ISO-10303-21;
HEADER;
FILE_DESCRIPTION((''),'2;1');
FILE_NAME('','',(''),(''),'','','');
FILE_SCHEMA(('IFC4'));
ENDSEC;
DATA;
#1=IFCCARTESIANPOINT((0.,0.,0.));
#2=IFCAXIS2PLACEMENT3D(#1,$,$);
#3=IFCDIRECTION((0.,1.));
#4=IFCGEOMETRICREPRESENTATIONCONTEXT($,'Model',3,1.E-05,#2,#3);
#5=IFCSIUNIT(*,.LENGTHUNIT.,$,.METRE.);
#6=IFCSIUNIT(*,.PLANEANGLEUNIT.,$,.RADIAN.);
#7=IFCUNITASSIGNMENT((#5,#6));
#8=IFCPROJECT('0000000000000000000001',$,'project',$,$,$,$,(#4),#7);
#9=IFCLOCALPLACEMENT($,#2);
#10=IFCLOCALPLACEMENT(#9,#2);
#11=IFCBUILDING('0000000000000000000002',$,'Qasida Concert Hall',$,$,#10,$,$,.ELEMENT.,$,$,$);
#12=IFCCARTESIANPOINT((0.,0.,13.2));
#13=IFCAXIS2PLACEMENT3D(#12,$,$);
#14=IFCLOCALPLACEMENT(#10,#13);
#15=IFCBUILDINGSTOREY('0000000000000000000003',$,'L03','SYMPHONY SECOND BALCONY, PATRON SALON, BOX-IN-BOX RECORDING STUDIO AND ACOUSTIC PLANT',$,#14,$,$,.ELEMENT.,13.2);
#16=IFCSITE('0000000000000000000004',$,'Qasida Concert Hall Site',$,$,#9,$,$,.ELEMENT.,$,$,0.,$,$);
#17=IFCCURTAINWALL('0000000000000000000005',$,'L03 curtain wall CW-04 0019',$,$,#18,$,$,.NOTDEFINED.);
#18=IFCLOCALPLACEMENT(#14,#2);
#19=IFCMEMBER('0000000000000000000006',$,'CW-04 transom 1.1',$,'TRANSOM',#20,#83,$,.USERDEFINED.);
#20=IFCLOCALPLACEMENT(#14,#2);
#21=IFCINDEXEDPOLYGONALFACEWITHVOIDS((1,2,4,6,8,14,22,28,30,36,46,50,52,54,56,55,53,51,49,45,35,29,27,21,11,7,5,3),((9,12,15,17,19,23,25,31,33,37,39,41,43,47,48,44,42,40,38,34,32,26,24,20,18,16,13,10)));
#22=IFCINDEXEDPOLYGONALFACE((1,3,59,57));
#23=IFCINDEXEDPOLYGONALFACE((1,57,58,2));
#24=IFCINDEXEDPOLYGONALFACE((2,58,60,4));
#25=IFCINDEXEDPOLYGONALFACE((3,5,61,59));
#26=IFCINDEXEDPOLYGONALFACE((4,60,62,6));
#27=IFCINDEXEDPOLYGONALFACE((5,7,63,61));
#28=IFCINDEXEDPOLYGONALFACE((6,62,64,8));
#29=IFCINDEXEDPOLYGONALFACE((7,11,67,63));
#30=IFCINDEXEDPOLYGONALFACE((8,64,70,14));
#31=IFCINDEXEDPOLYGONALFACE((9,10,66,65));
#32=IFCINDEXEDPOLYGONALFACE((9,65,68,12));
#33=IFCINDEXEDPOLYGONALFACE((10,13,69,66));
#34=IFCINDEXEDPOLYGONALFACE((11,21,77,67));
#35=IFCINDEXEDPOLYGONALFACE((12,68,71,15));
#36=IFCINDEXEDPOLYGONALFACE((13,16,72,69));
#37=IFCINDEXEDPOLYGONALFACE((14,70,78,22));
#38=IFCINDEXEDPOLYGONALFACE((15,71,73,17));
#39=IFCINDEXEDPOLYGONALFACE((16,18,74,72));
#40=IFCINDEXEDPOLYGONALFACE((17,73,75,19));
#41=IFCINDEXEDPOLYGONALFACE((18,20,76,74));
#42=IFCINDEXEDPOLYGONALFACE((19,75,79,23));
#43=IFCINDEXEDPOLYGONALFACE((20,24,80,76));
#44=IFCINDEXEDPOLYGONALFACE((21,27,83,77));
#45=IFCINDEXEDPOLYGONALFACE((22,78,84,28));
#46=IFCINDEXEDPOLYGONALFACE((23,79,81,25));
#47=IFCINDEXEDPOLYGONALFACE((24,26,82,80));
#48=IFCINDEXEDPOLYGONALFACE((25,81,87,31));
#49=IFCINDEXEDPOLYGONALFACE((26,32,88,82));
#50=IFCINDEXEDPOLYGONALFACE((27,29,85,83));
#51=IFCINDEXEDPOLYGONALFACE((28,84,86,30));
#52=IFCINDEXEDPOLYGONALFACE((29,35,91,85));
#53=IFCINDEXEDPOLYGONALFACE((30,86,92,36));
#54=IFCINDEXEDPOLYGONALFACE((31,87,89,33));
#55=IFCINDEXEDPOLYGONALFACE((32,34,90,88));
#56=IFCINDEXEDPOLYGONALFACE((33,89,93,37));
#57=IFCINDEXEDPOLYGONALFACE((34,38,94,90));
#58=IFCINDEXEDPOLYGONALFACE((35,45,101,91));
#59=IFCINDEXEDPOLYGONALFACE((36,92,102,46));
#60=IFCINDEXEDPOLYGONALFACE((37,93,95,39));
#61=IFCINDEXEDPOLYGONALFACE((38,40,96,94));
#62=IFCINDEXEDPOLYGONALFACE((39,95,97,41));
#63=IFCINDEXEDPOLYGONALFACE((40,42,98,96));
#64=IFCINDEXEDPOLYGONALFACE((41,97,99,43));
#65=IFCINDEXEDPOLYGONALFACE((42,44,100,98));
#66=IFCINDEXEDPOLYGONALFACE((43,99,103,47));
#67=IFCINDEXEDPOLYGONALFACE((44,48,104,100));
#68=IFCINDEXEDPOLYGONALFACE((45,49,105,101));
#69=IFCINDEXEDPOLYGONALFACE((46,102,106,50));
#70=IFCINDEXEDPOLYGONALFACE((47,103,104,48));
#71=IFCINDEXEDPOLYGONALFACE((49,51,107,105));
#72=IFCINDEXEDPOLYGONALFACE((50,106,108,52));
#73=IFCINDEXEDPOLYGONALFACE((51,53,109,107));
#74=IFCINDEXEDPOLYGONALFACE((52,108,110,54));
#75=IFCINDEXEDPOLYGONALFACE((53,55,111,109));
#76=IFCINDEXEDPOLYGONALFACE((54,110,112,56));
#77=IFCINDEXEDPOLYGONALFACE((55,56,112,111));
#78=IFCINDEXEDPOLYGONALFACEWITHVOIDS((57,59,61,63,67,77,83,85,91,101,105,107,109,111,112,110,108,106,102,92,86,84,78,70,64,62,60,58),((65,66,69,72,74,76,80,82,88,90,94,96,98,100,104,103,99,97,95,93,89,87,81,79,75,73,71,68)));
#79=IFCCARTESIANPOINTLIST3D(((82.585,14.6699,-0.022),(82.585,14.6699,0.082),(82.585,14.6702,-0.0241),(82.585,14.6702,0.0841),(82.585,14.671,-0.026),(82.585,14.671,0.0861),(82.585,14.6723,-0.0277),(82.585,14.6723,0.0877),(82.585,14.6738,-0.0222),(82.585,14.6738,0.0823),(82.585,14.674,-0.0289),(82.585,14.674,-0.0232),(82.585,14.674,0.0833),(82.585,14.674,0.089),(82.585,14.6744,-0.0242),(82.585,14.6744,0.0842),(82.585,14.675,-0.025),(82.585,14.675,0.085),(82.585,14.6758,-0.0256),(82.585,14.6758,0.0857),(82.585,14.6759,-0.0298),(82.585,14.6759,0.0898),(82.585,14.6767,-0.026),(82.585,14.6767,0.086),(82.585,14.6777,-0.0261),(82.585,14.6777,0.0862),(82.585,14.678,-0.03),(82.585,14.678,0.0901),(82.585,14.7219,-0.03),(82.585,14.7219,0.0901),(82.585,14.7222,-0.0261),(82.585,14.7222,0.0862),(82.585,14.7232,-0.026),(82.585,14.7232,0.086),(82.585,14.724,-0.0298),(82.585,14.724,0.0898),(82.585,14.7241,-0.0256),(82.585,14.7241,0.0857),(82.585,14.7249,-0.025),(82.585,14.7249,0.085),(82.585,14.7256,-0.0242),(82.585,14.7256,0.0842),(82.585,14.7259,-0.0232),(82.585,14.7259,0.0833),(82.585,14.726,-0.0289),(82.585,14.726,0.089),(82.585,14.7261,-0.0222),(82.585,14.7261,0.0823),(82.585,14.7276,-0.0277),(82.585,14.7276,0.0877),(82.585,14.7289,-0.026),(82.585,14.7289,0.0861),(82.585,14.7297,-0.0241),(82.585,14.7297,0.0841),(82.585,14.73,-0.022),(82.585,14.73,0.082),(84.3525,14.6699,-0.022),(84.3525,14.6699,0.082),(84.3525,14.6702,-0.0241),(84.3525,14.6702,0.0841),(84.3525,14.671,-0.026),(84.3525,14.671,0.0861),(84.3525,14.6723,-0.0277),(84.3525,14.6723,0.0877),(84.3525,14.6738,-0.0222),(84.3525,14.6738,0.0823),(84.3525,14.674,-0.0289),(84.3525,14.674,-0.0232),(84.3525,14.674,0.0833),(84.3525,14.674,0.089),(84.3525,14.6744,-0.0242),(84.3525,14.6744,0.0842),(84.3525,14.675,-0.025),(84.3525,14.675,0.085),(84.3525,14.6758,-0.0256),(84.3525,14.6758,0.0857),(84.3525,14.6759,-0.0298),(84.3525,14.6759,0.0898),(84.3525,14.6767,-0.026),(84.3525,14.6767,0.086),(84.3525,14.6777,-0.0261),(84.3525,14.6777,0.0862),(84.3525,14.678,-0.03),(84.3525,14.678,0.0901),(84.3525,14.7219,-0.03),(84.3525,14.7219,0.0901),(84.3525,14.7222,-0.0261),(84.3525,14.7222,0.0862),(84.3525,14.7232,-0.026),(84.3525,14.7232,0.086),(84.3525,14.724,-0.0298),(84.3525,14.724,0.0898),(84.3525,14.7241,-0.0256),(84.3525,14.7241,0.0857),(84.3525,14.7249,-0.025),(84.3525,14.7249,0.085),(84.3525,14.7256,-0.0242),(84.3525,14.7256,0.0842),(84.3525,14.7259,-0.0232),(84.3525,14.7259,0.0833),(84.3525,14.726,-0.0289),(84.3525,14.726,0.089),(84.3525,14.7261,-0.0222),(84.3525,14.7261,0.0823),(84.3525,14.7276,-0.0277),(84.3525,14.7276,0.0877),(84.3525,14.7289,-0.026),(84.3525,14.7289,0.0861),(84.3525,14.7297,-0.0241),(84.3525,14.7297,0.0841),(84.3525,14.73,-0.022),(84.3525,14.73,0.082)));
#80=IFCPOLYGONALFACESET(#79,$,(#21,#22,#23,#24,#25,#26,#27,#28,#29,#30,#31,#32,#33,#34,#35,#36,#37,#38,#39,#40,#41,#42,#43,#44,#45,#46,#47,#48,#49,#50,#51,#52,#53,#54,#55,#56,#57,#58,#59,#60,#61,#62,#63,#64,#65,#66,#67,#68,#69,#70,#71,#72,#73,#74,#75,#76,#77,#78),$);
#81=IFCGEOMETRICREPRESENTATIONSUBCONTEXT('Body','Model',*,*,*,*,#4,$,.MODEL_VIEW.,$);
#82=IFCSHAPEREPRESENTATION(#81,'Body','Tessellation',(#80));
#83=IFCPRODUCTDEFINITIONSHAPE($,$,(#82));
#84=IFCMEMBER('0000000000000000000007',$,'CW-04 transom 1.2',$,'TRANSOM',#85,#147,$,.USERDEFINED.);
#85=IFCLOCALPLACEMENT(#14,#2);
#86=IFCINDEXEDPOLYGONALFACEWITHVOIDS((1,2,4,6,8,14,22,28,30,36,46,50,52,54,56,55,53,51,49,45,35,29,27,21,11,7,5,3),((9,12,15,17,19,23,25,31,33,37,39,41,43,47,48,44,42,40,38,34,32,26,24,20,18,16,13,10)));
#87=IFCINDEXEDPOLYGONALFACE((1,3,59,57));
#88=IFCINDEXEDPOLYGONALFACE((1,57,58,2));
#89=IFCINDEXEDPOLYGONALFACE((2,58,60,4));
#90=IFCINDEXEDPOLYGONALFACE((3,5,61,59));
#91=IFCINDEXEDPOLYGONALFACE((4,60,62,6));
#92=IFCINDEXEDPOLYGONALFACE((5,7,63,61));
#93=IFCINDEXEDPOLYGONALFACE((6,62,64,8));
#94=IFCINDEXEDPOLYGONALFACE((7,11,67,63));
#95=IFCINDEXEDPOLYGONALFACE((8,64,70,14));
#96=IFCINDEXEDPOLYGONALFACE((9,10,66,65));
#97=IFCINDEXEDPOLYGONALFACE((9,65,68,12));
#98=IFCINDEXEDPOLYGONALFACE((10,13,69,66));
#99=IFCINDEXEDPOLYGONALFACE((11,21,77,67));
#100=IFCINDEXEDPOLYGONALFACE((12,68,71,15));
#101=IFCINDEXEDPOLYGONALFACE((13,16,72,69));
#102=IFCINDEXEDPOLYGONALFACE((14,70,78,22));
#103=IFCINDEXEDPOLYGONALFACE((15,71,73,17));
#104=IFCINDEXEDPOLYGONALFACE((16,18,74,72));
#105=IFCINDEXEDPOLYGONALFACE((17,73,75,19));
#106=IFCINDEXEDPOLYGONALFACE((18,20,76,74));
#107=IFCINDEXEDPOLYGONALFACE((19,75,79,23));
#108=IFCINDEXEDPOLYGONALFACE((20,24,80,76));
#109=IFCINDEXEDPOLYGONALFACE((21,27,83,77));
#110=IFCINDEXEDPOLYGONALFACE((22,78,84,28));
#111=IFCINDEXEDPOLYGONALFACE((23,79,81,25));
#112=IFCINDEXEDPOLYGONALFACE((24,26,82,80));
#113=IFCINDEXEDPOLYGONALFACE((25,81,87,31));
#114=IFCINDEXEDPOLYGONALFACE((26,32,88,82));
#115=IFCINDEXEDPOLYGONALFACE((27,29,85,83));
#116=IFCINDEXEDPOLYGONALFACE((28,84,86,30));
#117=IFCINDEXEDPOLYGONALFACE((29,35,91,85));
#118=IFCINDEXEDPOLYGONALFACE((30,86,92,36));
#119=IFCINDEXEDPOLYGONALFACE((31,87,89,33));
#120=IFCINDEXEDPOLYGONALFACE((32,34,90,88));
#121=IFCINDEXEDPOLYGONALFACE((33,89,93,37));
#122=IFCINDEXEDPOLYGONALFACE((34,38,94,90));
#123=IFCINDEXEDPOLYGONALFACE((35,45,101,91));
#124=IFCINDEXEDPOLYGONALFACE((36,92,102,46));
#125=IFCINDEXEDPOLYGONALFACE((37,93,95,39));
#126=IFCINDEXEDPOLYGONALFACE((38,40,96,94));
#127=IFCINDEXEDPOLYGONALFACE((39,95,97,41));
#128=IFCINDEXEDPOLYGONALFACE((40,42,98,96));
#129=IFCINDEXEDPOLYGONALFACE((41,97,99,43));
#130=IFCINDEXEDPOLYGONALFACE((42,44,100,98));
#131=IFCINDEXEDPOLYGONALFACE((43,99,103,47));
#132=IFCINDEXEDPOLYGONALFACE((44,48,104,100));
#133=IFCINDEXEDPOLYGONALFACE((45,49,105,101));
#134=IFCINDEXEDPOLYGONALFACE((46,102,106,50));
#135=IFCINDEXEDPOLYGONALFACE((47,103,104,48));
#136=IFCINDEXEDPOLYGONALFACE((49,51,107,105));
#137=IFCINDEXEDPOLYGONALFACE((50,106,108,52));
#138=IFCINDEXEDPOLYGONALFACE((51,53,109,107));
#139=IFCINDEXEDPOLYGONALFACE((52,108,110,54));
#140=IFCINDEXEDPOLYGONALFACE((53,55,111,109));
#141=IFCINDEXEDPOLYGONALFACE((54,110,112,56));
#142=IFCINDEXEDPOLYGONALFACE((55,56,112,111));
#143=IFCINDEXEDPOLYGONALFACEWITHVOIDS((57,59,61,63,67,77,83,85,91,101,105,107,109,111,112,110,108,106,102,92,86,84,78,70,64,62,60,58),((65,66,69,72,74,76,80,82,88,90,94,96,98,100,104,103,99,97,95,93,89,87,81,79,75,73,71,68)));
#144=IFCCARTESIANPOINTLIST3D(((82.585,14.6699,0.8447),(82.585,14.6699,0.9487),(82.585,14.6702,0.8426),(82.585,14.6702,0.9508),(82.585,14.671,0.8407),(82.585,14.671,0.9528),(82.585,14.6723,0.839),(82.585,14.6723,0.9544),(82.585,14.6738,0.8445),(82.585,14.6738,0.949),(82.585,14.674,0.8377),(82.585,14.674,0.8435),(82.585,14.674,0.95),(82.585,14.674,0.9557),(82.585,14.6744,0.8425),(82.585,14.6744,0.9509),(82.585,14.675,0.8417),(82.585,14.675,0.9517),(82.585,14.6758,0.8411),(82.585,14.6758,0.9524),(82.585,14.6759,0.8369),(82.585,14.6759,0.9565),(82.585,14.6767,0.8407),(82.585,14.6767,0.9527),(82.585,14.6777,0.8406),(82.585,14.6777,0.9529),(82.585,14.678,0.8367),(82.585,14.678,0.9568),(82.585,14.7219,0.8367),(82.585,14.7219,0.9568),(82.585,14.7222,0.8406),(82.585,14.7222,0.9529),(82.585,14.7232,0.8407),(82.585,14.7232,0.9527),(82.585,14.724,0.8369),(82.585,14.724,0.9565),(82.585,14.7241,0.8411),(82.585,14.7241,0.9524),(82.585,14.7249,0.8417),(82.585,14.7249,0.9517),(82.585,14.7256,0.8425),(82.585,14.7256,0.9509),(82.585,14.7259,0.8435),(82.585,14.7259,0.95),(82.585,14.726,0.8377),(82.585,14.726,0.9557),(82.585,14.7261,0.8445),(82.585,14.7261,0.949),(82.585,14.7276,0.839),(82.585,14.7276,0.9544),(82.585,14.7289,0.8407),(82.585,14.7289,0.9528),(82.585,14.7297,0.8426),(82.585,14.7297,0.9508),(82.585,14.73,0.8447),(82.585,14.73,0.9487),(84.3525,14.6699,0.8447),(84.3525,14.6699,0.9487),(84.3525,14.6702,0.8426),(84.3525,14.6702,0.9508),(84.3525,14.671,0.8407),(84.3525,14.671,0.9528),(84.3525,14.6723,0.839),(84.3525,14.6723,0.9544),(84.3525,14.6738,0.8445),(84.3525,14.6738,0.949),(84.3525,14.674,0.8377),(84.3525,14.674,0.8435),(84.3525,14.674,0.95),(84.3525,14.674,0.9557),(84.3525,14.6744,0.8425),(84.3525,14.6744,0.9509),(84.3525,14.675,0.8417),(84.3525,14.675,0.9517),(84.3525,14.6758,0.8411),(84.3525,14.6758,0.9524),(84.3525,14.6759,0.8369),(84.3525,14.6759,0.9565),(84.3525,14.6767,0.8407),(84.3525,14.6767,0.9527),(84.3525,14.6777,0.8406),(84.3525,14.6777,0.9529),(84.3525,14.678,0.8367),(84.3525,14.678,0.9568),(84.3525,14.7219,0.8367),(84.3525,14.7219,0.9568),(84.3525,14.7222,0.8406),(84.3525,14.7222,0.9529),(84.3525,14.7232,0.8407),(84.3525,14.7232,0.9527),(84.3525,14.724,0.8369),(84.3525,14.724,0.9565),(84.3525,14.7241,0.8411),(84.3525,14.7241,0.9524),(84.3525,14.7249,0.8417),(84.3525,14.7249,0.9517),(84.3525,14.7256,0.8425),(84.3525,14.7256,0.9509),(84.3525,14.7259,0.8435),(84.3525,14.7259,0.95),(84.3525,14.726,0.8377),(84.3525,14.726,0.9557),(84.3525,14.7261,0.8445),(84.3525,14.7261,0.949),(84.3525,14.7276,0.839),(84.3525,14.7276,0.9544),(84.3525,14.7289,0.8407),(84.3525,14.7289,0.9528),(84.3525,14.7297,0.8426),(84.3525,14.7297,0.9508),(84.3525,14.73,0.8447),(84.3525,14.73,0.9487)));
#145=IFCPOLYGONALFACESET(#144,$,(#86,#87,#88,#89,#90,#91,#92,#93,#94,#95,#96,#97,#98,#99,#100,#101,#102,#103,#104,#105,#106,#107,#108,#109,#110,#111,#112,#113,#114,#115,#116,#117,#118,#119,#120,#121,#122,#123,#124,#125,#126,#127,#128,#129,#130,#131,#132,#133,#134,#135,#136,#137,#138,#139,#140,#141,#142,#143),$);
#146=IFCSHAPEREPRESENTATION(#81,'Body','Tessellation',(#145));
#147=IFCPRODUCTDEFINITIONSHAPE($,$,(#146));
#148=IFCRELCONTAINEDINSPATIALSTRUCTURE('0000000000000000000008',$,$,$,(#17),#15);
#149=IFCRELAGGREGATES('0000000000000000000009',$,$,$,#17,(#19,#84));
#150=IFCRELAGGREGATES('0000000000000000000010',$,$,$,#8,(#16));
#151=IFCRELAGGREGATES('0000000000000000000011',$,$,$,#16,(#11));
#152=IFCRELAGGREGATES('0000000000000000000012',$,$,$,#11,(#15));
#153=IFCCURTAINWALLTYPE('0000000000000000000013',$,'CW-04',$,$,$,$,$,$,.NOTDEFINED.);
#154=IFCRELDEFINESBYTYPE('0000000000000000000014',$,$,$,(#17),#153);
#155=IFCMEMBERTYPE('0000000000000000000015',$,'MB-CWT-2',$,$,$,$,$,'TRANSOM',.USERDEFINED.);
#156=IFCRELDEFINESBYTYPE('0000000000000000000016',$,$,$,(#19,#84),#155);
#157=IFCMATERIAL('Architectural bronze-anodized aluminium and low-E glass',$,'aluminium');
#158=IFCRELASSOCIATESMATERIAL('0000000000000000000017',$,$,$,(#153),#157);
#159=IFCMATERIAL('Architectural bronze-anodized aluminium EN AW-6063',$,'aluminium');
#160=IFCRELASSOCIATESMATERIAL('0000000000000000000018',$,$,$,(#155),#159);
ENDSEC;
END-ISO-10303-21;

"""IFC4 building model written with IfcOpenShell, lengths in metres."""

from ifc_helpers import new_model, si_unit, direction, frame, origin, origin_2d, place, context, subcontext, project, spatial, hollow_rectangle, extrude, material, material_profile, profile_set, type_object, element, aggregate, save


model = new_model("IFC4")

# Units and contexts
model_context = context("Model", 3, precision=1e-05, world=origin(), true_north=direction((0.0, 1.0)))
body_context = subcontext(model_context, "Body", "Model", "MODEL_VIEW")
ifc_project = project(units=[si_unit("LENGTHUNIT", "METRE"), si_unit("PLANEANGLEUNIT", "RADIAN")], contexts=[model_context])

# Site, building, storey
site_placement = place(None, origin())
site = spatial("IfcSite", under=ifc_project, at=site_placement, Name="Qasida Concert Hall Site", CompositionType="ELEMENT", RefElevation=0.0)
building_placement = place(site_placement, origin())
building = spatial("IfcBuilding", under=site, at=building_placement, Name="Qasida Concert Hall", CompositionType="ELEMENT")
storey_placement = place(building_placement, frame((0.0, 0.0, 13.2)))
storey = spatial("IfcBuildingStorey", under=building, at=storey_placement, Name="L03", Description="SYMPHONY SECOND BALCONY, PATRON SALON, BOX-IN-BOX RECORDING STUDIO AND ACOUSTIC PLANT", CompositionType="ELEMENT", Elevation=13.2)

# Curtain wall
ifc_material_1 = material(Name="Architectural bronze-anodized aluminium and low-E glass", Category="aluminium")
curtain_wall_type = type_object("IfcCurtainWallType", Name="CW-04", PredefinedType="NOTDEFINED", material=ifc_material_1)
ifc_material_2 = material(Name="Architectural bronze-anodized aluminium EN AW-6063", Category="aluminium")
curtain_wall_1_placement = place(storey_placement, origin())
curtain_wall_1 = element("IfcCurtainWall", 1, at=curtain_wall_1_placement, inside=storey, type_object=curtain_wall_type, Name="L03 curtain wall CW-04 0019", PredefinedType="NOTDEFINED")

# Members
ifc_material_profile_1 = material_profile(ifc_material_2, hollow_rectangle(XDim=0.0601, YDim=0.1201, WallThickness=0.0039, InnerFilletRadius=0.0039, OuterFilletRadius=0.0081, at=origin_2d()), Name="CWT 120x60x4")
ifc_profile_set_1 = profile_set([ifc_material_profile_1], Name="Architectural bronze-anodized aluminium EN AW-6063")
member_type_1 = type_object("IfcMemberType", Name="MB-CWT-2", ElementType="TRANSOM", PredefinedType="USERDEFINED", material=ifc_profile_set_1)
member_1_placement = place(storey_placement, frame((82.585, 14.7, 0.03), z_axis=(1.0, 0.0, 0.0), x_axis=(0.0, 1.0, 0.0)))
member_1 = element("IfcMember", 2, at=member_1_placement, type_object=member_type_1, Name="CW-04 transom 1.1", ObjectType="TRANSOM", PredefinedType="USERDEFINED", context=body_context, shape_type="SweptSolid", body=[
    extrude(hollow_rectangle(XDim=0.0601, YDim=0.1201, WallThickness=0.0039, InnerFilletRadius=0.0039, OuterFilletRadius=0.0081, at=origin_2d()), origin(), (0.0, 0.0, 1.0), 1.7676),
])
member_2_placement = place(storey_placement, frame((82.585, 14.7, 0.8967), z_axis=(1.0, 0.0, 0.0), x_axis=(0.0, 1.0, 0.0)))
member_2 = element("IfcMember", 3, at=member_2_placement, type_object=member_type_1, Name="CW-04 transom 1.2", ObjectType="TRANSOM", PredefinedType="USERDEFINED", context=body_context, shape_type="SweptSolid", body=[
    extrude(hollow_rectangle(XDim=0.0601, YDim=0.1201, WallThickness=0.0039, InnerFilletRadius=0.0039, OuterFilletRadius=0.0081, at=origin_2d()), origin(), (0.0, 0.0, 1.0), 1.7676),
])

aggregate(curtain_wall_1, [member_1, member_2])

save(model, "model.ifc")
